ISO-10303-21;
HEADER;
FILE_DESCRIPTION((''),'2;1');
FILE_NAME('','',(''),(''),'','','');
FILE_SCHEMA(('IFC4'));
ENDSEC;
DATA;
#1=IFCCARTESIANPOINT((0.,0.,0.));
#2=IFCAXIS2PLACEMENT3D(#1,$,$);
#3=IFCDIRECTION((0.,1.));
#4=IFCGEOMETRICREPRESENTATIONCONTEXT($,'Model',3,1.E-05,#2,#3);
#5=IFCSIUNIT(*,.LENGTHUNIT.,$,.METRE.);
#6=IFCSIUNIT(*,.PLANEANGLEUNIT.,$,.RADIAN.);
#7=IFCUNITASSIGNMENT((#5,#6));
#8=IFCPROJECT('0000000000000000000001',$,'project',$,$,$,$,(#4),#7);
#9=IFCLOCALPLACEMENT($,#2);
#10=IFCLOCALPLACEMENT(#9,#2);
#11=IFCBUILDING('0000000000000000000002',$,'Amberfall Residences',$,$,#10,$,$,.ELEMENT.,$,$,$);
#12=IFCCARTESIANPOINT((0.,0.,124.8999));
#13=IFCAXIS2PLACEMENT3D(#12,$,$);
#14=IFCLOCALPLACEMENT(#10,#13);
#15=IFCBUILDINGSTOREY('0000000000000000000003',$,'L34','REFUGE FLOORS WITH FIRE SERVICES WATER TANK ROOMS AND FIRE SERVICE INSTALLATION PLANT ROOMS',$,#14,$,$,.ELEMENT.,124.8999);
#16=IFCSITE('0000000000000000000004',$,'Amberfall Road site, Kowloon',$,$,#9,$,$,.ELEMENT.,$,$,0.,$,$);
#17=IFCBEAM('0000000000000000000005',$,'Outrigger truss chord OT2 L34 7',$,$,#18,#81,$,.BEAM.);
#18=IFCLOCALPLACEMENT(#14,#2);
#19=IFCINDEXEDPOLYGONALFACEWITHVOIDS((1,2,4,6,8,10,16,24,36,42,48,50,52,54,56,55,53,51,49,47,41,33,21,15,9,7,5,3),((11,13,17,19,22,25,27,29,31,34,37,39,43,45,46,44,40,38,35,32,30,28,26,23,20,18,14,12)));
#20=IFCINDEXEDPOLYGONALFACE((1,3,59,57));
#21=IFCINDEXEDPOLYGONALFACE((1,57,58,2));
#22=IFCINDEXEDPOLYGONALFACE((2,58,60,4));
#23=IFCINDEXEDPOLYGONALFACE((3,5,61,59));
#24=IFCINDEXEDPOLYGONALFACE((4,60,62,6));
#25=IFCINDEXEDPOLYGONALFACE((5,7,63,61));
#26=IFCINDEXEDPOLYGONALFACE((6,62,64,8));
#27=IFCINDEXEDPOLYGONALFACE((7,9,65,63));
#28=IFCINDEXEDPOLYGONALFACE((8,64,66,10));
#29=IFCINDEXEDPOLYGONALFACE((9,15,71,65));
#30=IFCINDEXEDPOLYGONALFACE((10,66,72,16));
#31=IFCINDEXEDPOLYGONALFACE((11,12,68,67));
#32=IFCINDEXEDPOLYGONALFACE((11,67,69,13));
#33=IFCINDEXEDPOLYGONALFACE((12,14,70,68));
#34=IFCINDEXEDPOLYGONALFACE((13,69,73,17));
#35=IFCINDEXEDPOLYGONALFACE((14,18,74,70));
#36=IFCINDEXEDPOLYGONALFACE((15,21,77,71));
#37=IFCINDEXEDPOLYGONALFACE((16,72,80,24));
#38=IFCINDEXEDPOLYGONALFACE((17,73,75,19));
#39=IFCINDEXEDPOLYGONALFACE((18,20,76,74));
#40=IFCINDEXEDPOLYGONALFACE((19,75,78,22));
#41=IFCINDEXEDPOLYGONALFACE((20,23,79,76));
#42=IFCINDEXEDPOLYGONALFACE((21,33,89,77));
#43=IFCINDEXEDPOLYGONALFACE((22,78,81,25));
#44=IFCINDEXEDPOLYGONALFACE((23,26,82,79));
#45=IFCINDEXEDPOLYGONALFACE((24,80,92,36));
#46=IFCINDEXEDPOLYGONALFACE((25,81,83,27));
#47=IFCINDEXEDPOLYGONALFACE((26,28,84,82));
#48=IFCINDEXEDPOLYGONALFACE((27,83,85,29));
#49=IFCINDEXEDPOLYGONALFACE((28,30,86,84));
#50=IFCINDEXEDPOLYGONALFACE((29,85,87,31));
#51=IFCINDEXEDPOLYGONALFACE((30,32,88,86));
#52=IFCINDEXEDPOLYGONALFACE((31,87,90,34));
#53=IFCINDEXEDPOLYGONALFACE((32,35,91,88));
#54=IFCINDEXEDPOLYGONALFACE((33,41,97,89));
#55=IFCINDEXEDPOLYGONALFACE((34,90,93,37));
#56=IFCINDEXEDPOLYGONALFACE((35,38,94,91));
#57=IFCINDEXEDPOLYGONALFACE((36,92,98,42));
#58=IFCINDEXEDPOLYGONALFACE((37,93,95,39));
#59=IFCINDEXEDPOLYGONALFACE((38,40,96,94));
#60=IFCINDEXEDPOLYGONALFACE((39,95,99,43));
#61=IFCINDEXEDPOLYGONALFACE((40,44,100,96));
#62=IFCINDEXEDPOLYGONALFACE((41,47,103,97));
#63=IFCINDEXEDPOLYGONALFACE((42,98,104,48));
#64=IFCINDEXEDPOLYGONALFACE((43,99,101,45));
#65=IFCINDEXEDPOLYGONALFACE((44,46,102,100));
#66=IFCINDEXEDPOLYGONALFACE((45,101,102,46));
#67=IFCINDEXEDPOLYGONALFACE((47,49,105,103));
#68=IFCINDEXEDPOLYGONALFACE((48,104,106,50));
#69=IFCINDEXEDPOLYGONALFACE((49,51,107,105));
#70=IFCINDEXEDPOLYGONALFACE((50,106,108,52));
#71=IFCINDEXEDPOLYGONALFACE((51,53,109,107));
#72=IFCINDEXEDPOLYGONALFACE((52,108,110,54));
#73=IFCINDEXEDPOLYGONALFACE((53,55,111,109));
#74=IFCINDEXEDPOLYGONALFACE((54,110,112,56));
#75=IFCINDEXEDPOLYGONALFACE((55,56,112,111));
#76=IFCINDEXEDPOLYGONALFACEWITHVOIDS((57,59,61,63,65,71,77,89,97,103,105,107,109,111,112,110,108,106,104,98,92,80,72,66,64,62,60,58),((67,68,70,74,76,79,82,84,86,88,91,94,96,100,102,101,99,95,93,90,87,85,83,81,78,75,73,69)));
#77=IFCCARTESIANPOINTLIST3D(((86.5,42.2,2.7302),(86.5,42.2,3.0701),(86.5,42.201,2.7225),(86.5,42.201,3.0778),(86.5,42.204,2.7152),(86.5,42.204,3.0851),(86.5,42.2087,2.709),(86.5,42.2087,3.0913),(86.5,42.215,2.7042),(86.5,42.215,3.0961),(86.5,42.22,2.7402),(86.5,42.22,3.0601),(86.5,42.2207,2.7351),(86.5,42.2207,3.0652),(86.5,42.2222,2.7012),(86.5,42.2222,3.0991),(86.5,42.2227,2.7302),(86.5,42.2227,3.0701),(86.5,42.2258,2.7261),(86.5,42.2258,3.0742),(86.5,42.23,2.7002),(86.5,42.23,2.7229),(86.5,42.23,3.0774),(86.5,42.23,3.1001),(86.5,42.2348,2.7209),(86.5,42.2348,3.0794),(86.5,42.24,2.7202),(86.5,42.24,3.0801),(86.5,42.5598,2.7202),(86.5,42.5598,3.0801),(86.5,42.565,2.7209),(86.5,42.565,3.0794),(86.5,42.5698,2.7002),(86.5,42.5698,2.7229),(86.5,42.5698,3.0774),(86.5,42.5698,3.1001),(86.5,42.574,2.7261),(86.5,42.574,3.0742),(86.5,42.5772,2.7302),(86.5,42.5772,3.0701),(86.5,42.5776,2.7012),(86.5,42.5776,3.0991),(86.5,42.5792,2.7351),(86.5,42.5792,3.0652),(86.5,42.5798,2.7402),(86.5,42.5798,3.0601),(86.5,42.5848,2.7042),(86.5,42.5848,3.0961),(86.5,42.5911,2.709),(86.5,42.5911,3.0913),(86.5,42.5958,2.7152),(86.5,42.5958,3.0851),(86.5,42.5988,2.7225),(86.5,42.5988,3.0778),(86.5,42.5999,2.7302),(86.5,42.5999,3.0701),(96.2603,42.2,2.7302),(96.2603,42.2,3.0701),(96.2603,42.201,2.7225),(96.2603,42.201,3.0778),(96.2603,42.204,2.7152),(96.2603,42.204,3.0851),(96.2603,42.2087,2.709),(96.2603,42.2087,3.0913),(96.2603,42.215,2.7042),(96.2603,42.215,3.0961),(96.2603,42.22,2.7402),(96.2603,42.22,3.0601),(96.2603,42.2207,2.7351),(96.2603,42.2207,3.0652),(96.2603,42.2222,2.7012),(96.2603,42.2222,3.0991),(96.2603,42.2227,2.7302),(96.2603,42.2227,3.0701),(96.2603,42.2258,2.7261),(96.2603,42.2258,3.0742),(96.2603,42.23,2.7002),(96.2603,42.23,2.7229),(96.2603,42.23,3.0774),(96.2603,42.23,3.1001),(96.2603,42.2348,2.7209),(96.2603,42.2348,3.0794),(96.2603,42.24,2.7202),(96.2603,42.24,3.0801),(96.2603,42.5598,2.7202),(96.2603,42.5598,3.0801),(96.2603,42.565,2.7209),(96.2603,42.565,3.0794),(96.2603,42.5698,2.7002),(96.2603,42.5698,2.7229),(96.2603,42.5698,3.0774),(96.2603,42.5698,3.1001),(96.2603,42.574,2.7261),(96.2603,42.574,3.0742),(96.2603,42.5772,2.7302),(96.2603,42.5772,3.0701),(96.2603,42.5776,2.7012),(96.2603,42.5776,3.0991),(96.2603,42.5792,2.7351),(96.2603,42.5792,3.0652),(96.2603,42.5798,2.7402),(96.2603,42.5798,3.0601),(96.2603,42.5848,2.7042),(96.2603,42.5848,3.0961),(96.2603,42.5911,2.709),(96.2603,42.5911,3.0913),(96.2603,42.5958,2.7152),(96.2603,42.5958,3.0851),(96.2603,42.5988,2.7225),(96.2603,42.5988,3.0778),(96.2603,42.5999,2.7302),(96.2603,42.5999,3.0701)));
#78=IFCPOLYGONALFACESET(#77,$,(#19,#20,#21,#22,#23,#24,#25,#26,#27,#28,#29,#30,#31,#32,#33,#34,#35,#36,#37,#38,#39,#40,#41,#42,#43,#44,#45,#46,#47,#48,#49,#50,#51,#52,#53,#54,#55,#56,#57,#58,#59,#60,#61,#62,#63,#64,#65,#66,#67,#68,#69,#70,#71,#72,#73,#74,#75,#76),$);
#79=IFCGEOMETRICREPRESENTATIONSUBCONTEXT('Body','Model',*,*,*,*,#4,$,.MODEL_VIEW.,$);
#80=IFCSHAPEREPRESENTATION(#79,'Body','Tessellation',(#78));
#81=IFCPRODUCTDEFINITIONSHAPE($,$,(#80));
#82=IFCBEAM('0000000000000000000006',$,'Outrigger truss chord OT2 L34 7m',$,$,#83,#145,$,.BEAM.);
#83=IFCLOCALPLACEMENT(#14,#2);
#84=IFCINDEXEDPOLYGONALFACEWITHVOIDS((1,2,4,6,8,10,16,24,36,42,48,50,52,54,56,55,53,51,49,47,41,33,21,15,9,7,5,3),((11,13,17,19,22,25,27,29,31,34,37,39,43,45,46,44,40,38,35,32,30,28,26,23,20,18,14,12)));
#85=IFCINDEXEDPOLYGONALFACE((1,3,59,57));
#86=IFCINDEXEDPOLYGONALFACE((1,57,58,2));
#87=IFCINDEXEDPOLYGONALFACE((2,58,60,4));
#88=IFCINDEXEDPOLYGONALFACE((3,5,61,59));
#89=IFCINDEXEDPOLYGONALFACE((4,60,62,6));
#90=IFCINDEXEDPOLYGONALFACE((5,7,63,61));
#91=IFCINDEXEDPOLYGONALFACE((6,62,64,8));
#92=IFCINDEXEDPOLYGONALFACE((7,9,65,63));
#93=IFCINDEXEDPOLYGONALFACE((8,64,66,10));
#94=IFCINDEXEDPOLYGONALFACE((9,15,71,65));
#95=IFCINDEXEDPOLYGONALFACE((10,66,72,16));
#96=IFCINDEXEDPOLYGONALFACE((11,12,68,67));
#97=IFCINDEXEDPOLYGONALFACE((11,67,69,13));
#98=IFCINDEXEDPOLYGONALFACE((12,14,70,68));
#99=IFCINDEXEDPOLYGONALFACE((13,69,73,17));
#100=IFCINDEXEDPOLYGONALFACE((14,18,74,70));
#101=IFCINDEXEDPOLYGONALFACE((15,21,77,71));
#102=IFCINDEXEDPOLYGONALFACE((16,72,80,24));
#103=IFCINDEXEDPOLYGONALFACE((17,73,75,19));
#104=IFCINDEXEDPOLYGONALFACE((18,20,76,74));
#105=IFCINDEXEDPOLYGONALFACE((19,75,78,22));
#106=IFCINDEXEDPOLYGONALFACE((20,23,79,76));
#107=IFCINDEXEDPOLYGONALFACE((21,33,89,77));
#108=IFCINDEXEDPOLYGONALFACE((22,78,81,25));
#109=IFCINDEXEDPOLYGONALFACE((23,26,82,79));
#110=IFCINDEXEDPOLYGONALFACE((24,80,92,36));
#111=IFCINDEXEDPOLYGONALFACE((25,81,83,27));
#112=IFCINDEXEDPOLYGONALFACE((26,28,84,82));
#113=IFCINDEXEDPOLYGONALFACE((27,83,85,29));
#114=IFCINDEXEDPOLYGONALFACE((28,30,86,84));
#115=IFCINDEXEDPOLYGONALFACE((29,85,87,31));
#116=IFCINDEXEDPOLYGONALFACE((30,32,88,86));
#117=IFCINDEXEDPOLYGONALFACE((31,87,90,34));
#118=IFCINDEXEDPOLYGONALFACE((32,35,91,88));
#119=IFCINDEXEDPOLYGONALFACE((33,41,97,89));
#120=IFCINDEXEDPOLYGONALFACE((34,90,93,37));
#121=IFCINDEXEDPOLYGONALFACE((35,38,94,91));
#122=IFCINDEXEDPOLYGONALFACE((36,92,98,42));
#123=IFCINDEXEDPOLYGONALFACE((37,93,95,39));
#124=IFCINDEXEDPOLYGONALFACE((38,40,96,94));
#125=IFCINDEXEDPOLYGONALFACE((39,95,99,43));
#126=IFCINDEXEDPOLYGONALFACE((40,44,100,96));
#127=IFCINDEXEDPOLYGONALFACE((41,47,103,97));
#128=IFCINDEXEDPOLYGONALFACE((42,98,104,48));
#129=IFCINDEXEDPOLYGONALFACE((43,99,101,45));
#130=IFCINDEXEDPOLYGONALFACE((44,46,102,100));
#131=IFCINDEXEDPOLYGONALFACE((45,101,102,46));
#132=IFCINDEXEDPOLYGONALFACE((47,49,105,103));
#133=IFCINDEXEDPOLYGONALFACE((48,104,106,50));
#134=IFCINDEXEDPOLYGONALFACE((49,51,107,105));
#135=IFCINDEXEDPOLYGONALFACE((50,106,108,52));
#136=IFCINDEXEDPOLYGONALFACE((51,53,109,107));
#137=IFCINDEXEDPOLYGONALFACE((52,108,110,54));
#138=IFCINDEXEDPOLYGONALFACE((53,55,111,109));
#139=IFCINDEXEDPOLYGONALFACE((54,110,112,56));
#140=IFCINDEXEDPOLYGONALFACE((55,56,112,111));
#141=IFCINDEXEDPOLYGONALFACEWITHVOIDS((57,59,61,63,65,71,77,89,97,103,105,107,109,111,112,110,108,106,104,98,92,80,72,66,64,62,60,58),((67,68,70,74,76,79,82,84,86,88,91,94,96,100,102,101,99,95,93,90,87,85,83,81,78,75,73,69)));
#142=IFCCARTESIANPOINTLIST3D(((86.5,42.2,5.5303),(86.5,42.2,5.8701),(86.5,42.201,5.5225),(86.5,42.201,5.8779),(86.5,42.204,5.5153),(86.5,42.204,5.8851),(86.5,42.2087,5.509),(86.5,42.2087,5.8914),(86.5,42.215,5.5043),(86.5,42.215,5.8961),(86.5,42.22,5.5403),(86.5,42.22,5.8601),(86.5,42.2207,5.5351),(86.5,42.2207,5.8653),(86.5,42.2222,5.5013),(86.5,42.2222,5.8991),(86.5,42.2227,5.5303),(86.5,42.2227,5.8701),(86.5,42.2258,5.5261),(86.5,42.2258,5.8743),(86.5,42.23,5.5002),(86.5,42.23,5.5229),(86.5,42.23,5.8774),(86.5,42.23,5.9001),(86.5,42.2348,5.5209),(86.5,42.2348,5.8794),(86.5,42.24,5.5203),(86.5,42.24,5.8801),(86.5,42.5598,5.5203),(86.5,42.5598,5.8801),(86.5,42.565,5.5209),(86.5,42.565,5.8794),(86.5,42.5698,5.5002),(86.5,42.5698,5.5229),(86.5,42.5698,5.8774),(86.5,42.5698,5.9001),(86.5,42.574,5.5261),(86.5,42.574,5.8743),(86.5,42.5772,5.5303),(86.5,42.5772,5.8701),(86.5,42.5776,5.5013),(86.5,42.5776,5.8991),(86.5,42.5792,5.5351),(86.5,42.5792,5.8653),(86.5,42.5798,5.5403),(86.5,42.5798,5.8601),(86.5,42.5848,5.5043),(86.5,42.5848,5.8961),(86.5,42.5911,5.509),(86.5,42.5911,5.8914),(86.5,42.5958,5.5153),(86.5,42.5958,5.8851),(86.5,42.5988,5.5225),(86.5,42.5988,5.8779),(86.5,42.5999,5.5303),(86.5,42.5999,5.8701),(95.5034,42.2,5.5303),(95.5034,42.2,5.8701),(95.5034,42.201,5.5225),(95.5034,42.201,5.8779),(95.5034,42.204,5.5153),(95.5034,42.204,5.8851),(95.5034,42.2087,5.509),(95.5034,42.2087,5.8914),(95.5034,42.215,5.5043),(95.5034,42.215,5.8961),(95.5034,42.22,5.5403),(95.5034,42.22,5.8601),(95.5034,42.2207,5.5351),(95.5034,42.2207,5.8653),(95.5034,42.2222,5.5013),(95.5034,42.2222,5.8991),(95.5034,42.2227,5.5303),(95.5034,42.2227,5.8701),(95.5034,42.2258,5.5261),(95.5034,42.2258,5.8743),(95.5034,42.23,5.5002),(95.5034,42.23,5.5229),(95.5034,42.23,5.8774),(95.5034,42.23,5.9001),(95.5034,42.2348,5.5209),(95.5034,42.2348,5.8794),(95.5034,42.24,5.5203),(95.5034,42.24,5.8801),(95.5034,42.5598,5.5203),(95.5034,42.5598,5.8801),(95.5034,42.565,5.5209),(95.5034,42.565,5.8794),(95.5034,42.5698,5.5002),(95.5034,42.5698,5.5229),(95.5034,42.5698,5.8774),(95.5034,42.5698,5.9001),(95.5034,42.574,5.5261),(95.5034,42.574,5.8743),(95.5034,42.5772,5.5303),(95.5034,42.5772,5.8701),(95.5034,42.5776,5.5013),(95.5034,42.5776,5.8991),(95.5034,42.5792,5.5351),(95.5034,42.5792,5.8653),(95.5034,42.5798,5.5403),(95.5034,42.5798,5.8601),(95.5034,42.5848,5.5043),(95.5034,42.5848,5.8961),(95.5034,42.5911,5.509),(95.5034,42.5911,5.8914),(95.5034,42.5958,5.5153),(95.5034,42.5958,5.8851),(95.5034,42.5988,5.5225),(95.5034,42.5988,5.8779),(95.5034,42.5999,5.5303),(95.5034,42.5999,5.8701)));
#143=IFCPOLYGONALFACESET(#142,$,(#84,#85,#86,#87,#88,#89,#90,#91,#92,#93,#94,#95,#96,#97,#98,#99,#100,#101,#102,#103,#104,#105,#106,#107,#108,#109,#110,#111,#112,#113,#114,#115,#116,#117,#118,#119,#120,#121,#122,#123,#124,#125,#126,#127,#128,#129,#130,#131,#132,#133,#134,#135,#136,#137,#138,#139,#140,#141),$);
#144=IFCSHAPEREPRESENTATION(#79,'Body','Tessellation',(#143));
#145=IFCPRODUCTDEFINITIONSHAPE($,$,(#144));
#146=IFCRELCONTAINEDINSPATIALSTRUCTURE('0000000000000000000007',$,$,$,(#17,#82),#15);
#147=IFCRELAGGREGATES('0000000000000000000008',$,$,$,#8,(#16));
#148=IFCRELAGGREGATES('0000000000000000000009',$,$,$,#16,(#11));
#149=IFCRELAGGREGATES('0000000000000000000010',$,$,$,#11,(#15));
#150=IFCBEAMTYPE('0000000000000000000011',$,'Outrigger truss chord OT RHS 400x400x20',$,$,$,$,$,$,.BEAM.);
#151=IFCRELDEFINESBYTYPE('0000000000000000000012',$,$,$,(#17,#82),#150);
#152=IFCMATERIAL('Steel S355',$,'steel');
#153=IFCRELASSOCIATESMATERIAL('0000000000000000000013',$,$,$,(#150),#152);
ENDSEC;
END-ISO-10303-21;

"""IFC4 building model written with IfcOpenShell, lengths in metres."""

from ifc_helpers import new_model, si_unit, direction, frame, origin, origin_2d, place, context, subcontext, project, spatial, hollow_rectangle, extrude, material, material_profile, profile_set, type_object, element, save


model = new_model("IFC4")

# Units and contexts
model_context = context("Model", 3, precision=1e-05, world=origin(), true_north=direction((0.0, 1.0)))
body_context = subcontext(model_context, "Body", "Model", "MODEL_VIEW")
ifc_project = project(units=[si_unit("LENGTHUNIT", "METRE"), si_unit("PLANEANGLEUNIT", "RADIAN")], contexts=[model_context])

# Site, building, storey
site_placement = place(None, origin())
site = spatial("IfcSite", under=ifc_project, at=site_placement, Name="Amberfall Road site, Kowloon", CompositionType="ELEMENT", RefElevation=0.0)
building_placement = place(site_placement, origin())
building = spatial("IfcBuilding", under=site, at=building_placement, Name="Amberfall Residences", CompositionType="ELEMENT")
storey_placement = place(building_placement, frame((0.0, 0.0, 124.8999)))
storey = spatial("IfcBuildingStorey", under=building, at=storey_placement, Name="L34", Description="REFUGE FLOORS WITH FIRE SERVICES WATER TANK ROOMS AND FIRE SERVICE INSTALLATION PLANT ROOMS", CompositionType="ELEMENT", Elevation=124.8999)

# Shared definitions
ifc_material_1 = material(Name="Steel S355", Category="steel")

# Beams
ifc_material_profile_1 = material_profile(ifc_material_1, hollow_rectangle(XDim=0.3999, YDim=0.3999, WallThickness=0.02, InnerFilletRadius=0.02, OuterFilletRadius=0.03, at=origin_2d()), Name="RHS 400x400x20")
ifc_profile_set_1 = profile_set([ifc_material_profile_1], Name="Steel S355")
beam_type_1 = type_object("IfcBeamType", Name="Outrigger truss chord OT RHS 400x400x20", PredefinedType="BEAM", material=ifc_profile_set_1)
beam_1_placement = place(storey_placement, frame((96.2603, 42.3999, 2.9001), z_axis=(-1.0, 0.0, 0.0), x_axis=(0.0, -1.0, 0.0)))
element("IfcBeam", 1, at=beam_1_placement, inside=storey, type_object=beam_type_1, Name="Outrigger truss chord OT2 L34 7", PredefinedType="BEAM", context=body_context, shape_type="SweptSolid", body=[
    extrude(hollow_rectangle(XDim=0.3999, YDim=0.3999, WallThickness=0.02, InnerFilletRadius=0.02, OuterFilletRadius=0.03, at=origin_2d()), origin(), (0.0, 0.0, 1.0), 9.7603),
])
beam_2_placement = place(storey_placement, frame((95.5034, 42.3999, 5.7002), z_axis=(-1.0, 0.0, 0.0), x_axis=(0.0, -1.0, 0.0)))
element("IfcBeam", 2, at=beam_2_placement, inside=storey, type_object=beam_type_1, Name="Outrigger truss chord OT2 L34 7m", PredefinedType="BEAM", context=body_context, shape_type="SweptSolid", body=[
    extrude(hollow_rectangle(XDim=0.3999, YDim=0.3999, WallThickness=0.02, InnerFilletRadius=0.02, OuterFilletRadius=0.03, at=origin_2d()), origin(), (0.0, 0.0, 1.0), 9.0034),
])

save(model, "model.ifc")
